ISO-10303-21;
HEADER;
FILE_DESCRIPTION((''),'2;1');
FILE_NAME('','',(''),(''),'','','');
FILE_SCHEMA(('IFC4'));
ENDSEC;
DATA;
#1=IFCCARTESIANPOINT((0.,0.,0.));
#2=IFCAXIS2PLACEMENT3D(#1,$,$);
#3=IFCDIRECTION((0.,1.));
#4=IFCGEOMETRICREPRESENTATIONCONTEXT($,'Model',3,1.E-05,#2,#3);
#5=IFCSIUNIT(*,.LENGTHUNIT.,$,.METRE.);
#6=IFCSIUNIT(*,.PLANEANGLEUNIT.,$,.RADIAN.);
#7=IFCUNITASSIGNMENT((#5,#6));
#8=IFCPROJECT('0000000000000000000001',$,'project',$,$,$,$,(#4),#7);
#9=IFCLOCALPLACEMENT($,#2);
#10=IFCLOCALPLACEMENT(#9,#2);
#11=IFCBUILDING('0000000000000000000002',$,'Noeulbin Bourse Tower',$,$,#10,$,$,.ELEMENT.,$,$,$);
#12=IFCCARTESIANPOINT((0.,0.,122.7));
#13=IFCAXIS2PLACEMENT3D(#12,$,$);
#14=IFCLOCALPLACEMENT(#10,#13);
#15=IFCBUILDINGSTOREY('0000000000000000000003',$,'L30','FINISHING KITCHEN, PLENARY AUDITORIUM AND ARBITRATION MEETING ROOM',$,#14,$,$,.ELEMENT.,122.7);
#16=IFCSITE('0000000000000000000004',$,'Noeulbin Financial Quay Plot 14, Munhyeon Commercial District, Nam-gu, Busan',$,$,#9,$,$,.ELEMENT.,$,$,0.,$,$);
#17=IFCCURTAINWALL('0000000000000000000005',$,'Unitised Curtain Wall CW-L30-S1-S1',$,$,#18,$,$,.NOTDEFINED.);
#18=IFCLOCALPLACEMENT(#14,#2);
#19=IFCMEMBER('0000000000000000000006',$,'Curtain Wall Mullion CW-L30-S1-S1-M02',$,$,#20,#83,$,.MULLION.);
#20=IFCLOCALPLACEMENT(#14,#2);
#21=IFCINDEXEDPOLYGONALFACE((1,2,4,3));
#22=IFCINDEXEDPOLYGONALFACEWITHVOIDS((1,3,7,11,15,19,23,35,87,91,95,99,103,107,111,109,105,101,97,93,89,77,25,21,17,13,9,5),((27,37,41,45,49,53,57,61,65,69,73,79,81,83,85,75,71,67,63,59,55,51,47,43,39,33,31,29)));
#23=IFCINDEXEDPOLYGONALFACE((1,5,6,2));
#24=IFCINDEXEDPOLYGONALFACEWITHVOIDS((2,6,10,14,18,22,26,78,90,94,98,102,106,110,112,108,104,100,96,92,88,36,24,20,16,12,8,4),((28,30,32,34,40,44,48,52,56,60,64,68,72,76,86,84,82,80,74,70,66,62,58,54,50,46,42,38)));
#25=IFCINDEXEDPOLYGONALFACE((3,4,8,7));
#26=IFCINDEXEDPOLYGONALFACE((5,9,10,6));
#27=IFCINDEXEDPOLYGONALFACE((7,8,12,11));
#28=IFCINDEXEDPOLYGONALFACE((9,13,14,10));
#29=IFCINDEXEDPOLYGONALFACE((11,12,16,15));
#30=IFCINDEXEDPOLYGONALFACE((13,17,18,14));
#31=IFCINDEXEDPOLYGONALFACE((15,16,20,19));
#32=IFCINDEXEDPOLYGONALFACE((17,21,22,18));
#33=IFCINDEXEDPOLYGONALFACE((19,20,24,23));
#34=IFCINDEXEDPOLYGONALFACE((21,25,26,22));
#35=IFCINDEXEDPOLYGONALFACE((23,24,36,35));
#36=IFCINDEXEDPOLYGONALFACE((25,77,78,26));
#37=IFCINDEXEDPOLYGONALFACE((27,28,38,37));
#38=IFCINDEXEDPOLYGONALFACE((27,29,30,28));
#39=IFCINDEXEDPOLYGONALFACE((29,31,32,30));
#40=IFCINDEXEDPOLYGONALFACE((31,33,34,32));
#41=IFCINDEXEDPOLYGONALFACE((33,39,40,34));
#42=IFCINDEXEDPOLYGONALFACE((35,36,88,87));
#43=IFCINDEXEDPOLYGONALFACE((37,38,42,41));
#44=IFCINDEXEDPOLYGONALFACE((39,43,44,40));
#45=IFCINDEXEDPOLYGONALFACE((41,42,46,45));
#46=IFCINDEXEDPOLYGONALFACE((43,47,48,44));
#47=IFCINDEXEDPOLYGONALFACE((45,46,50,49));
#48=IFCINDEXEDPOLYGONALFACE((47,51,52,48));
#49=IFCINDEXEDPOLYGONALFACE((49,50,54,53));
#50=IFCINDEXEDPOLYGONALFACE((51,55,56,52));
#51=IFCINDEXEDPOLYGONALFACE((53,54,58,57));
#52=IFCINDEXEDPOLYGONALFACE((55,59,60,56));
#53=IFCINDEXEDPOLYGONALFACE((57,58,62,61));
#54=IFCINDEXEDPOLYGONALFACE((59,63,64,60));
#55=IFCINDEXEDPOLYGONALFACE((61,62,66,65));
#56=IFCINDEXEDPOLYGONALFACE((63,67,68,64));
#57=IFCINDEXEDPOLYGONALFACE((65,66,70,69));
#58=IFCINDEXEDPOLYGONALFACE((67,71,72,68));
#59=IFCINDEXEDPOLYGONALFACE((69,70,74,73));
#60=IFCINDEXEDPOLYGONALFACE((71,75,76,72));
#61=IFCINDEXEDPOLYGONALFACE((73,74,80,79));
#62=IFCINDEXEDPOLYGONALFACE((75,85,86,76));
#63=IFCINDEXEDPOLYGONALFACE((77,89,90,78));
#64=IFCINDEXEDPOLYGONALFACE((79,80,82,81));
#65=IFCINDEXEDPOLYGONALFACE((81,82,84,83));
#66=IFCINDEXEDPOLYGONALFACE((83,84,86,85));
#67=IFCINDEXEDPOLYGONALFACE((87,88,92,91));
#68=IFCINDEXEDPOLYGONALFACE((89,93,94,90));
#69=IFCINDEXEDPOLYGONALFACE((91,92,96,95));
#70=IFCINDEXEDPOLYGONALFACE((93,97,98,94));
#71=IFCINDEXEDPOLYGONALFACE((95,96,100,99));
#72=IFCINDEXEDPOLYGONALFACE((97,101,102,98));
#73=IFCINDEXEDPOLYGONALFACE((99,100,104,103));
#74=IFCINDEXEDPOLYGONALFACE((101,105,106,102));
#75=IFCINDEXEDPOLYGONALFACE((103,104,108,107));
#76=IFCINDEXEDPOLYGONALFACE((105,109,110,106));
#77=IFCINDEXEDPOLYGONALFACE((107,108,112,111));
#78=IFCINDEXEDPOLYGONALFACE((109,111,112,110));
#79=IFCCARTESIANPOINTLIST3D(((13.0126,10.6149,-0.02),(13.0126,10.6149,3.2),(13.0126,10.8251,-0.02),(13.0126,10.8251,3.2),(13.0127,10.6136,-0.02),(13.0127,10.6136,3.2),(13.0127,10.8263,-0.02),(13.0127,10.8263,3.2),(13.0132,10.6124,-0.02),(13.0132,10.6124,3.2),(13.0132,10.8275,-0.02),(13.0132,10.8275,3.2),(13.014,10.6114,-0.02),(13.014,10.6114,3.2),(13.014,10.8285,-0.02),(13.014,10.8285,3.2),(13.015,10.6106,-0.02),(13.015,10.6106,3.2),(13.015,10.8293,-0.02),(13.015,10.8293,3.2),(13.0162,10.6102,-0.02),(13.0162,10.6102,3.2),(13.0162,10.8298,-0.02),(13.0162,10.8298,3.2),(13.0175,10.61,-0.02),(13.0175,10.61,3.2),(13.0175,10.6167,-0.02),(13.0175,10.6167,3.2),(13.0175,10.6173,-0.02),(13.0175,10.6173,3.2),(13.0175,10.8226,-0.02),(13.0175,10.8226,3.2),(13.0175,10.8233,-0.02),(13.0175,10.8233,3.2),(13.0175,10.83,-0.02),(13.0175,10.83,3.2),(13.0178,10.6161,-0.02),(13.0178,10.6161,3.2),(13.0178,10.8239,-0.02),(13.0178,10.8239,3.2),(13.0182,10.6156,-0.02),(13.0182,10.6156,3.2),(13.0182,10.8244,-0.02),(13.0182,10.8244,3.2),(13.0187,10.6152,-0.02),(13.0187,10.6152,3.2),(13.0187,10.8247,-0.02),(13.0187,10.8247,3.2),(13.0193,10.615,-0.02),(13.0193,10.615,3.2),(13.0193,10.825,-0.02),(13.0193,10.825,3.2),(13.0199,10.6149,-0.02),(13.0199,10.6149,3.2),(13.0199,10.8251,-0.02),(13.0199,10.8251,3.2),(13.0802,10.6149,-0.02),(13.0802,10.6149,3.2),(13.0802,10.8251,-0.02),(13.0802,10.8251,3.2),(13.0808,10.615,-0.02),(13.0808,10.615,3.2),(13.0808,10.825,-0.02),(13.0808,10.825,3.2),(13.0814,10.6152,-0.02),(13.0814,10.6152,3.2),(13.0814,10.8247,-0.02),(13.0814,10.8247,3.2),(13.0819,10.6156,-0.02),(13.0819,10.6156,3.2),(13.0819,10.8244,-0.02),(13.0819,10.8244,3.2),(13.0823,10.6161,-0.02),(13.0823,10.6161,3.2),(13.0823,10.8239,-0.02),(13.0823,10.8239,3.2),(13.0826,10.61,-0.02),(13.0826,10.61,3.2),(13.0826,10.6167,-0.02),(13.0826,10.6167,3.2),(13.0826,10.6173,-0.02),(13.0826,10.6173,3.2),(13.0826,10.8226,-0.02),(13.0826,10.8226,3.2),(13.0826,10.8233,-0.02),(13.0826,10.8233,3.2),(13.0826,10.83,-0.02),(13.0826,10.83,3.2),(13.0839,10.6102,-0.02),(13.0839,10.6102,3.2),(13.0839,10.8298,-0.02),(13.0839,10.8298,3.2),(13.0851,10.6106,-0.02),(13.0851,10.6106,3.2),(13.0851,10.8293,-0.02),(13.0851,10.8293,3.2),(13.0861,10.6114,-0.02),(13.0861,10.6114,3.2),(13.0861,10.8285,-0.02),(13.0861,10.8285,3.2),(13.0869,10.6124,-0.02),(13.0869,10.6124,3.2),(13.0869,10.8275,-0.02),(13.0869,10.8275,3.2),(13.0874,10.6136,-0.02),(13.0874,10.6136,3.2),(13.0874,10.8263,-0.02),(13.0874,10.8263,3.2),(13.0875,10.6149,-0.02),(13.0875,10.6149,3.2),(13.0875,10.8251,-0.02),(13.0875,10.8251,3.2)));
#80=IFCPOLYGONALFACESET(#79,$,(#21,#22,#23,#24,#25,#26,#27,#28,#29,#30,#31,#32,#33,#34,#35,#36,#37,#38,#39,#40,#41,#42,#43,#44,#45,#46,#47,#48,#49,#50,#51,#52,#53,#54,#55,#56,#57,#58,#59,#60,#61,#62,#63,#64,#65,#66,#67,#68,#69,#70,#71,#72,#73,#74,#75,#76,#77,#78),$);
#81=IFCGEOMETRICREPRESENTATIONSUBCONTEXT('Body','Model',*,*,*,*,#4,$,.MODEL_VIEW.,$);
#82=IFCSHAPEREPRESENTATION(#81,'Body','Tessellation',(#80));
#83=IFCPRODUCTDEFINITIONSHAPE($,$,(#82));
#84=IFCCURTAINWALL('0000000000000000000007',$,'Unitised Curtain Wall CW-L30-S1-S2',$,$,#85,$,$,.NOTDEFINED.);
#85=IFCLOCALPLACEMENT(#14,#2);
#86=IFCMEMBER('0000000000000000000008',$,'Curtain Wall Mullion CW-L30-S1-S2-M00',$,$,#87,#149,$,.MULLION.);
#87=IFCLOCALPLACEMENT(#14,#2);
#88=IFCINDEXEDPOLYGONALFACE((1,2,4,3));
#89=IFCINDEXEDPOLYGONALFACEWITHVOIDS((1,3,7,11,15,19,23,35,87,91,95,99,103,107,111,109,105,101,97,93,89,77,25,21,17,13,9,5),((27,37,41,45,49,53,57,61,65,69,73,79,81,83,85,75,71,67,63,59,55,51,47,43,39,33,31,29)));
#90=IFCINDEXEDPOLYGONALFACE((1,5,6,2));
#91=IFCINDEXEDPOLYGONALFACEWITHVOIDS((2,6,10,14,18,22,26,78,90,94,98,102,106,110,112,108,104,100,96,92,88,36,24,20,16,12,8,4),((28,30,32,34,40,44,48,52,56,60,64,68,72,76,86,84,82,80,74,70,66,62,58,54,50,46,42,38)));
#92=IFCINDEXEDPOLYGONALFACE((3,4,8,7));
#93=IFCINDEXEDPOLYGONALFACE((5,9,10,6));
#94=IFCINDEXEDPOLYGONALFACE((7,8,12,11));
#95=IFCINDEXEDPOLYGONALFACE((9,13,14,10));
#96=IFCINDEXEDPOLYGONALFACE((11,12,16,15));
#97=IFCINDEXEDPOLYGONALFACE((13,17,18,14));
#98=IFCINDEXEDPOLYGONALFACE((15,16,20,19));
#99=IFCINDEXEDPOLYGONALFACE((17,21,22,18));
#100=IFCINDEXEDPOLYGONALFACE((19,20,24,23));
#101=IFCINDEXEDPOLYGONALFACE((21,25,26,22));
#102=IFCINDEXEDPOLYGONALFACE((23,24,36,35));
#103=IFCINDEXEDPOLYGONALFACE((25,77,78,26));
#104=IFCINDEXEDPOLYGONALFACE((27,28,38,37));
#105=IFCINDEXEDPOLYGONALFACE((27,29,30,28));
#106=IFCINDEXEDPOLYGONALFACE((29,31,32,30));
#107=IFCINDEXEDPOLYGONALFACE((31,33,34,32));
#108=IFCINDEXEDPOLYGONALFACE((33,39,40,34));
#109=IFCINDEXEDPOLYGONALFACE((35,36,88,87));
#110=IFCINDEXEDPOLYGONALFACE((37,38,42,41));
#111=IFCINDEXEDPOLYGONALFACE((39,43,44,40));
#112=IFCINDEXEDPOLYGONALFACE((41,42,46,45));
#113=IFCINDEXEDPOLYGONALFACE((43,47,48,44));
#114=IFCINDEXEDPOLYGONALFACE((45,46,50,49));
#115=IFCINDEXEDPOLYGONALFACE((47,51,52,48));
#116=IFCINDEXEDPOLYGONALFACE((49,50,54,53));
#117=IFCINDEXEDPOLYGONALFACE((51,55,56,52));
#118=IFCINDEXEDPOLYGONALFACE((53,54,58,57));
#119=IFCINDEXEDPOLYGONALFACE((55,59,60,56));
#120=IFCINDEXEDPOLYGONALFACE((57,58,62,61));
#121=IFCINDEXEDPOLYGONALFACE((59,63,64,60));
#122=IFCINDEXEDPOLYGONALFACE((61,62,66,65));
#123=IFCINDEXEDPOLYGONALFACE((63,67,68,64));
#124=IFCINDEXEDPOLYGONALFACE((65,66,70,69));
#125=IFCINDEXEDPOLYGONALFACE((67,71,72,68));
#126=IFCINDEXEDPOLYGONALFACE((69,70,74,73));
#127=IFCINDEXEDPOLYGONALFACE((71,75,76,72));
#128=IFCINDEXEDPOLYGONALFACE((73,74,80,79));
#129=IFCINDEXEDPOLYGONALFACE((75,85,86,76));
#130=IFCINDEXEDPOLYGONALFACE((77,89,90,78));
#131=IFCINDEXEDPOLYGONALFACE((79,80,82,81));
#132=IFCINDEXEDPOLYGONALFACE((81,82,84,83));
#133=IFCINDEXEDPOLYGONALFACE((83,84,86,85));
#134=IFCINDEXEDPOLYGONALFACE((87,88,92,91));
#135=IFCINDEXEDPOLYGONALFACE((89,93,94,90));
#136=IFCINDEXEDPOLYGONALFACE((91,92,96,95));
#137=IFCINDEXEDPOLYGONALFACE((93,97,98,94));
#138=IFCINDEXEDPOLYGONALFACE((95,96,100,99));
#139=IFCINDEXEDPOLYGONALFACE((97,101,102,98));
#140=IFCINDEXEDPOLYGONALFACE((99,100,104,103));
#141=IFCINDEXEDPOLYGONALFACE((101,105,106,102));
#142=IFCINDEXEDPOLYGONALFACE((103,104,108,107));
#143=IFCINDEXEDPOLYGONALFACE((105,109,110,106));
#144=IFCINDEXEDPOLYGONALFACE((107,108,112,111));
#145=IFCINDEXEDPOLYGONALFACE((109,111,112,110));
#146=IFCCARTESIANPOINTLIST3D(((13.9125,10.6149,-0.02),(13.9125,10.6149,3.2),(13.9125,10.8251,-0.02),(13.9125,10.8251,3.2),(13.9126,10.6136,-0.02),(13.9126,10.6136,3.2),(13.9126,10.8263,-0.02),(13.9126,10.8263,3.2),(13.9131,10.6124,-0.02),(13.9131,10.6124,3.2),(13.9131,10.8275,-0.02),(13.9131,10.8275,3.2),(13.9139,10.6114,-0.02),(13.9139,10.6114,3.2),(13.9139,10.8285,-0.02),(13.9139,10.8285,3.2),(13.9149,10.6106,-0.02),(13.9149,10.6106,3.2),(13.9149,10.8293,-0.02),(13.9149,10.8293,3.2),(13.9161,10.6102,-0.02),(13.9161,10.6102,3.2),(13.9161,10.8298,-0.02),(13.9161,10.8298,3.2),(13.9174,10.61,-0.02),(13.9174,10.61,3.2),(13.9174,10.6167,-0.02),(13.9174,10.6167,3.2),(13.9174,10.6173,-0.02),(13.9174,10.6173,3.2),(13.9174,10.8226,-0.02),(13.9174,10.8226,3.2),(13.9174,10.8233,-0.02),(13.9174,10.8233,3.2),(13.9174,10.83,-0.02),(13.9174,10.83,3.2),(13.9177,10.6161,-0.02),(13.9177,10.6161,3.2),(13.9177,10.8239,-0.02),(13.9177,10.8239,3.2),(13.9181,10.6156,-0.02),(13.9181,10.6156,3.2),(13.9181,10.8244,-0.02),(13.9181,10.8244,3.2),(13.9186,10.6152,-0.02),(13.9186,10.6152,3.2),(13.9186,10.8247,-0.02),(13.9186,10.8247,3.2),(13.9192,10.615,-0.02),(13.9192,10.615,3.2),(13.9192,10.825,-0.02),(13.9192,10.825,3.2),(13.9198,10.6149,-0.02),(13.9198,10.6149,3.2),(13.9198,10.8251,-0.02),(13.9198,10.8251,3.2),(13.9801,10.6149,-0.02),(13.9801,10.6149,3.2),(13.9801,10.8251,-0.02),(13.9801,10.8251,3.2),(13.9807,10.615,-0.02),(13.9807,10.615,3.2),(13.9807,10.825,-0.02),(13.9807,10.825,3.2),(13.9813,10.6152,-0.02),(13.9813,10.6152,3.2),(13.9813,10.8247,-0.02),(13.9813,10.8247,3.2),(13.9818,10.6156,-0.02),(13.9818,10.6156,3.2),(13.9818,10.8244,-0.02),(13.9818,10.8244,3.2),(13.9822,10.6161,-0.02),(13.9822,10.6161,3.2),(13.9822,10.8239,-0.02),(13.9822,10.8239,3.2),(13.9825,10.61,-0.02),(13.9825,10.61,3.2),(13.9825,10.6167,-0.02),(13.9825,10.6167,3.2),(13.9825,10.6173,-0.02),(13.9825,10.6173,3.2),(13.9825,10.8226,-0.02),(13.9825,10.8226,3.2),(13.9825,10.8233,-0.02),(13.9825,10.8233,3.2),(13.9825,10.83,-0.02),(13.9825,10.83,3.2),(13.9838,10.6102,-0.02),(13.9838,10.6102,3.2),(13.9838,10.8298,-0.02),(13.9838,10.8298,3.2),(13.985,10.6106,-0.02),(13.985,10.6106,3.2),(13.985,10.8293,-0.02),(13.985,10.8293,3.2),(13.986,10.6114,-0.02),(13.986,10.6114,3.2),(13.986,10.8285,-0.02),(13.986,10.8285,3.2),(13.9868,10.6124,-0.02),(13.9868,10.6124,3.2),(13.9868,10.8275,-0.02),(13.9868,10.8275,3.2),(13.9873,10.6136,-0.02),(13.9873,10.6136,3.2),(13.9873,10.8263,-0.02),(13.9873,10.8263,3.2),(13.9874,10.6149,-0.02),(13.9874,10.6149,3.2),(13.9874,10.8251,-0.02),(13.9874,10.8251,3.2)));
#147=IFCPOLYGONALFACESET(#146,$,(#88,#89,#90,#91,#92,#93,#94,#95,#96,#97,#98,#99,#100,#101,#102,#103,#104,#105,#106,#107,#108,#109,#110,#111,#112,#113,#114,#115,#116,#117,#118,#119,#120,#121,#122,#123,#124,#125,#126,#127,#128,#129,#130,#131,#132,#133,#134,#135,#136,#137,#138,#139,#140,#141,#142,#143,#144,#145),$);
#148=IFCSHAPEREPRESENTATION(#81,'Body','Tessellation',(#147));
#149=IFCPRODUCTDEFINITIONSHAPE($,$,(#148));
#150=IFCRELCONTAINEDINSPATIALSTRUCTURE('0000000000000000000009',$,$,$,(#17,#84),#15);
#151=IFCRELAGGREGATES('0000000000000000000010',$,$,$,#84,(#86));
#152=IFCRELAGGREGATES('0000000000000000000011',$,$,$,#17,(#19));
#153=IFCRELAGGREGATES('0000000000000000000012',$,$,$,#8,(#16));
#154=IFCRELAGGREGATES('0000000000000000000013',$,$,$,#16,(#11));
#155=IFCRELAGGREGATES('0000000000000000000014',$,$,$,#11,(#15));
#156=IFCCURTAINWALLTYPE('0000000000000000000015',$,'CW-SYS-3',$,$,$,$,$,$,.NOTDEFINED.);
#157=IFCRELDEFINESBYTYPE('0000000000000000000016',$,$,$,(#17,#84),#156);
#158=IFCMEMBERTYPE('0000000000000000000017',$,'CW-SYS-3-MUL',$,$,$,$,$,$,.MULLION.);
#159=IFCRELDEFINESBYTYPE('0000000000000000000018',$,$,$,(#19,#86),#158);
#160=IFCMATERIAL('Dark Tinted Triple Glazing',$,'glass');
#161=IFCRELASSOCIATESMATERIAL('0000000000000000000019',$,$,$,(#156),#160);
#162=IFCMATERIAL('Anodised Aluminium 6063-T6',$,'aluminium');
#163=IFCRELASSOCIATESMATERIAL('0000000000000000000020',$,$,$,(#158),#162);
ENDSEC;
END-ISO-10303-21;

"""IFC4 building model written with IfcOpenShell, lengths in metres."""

from ifc_helpers import new_model, si_unit, direction, frame, origin, origin_2d, place, context, subcontext, project, spatial, hollow_rectangle, extrude, material, material_profile, profile_set, type_object, element, aggregate, save


model = new_model("IFC4")

# Units and contexts
model_context = context("Model", 3, precision=1e-05, world=origin(), true_north=direction((0.0, 1.0)))
body_context = subcontext(model_context, "Body", "Model", "MODEL_VIEW")
ifc_project = project(units=[si_unit("LENGTHUNIT", "METRE"), si_unit("PLANEANGLEUNIT", "RADIAN")], contexts=[model_context])

# Site, building, storey
site_placement = place(None, origin())
site = spatial("IfcSite", under=ifc_project, at=site_placement, Name="Noeulbin Financial Quay Plot 14, Munhyeon Commercial District, Nam-gu, Busan", CompositionType="ELEMENT", RefElevation=0.0)
building_placement = place(site_placement, origin())
building = spatial("IfcBuilding", under=site, at=building_placement, Name="Noeulbin Bourse Tower", CompositionType="ELEMENT")
storey_placement = place(building_placement, frame((0.0, 0.0, 122.7)))
storey = spatial("IfcBuildingStorey", under=building, at=storey_placement, Name="L30", Description="FINISHING KITCHEN, PLENARY AUDITORIUM AND ARBITRATION MEETING ROOM", CompositionType="ELEMENT", Elevation=122.7)

# Curtain wall, member
ifc_material_1 = material(Name="Dark Tinted Triple Glazing", Category="glass")
curtain_wall_type = type_object("IfcCurtainWallType", Name="CW-SYS-3", PredefinedType="NOTDEFINED", material=ifc_material_1)
curtain_wall_1_placement = place(storey_placement, origin())
curtain_wall_1 = element("IfcCurtainWall", 1, at=curtain_wall_1_placement, inside=storey, type_object=curtain_wall_type, Name="Unitised Curtain Wall CW-L30-S1-S1", PredefinedType="NOTDEFINED")
ifc_material_2 = material(Name="Anodised Aluminium 6063-T6", Category="aluminium")
ifc_material_profile_1 = material_profile(ifc_material_2, hollow_rectangle(XDim=0.075, YDim=0.22, WallThickness=0.0049, InnerFilletRadius=0.0024, OuterFilletRadius=0.0049, at=origin_2d()), Name="ALU-MULL-75x220x5", Category="LoadBearing")
ifc_profile_set_1 = profile_set([ifc_material_profile_1], Name="Anodised Aluminium 6063-T6")
member_type_1 = type_object("IfcMemberType", Name="CW-SYS-3-MUL", PredefinedType="MULLION", material=ifc_profile_set_1)
member_1_placement = place(storey_placement, frame((13.05, 10.72, -0.02), z_axis=(0.0, 0.0, 1.0), x_axis=(1.0, 0.0, 0.0)))
member_1 = element("IfcMember", 2, at=member_1_placement, type_object=member_type_1, Name="Curtain Wall Mullion CW-L30-S1-S1-M02", PredefinedType="MULLION", context=body_context, shape_type="SweptSolid", body=[
    extrude(hollow_rectangle(XDim=0.075, YDim=0.22, WallThickness=0.0049, InnerFilletRadius=0.0024, OuterFilletRadius=0.0049, at=origin_2d()), origin(), (0.0, 0.0, 1.0), 3.22),
])

# Curtain wall, member
curtain_wall_2_placement = place(storey_placement, origin())
curtain_wall_2 = element("IfcCurtainWall", 3, at=curtain_wall_2_placement, inside=storey, type_object=curtain_wall_type, Name="Unitised Curtain Wall CW-L30-S1-S2", PredefinedType="NOTDEFINED")
member_2_placement = place(storey_placement, frame((13.95, 10.72, -0.02), z_axis=(0.0, 0.0, 1.0), x_axis=(1.0, 0.0, 0.0)))
member_2 = element("IfcMember", 4, at=member_2_placement, type_object=member_type_1, Name="Curtain Wall Mullion CW-L30-S1-S2-M00", PredefinedType="MULLION", context=body_context, shape_type="SweptSolid", body=[
    extrude(hollow_rectangle(XDim=0.075, YDim=0.22, WallThickness=0.0049, InnerFilletRadius=0.0024, OuterFilletRadius=0.0049, at=origin_2d()), origin(), (0.0, 0.0, 1.0), 3.22),
])

aggregate(curtain_wall_2, [member_2])

aggregate(curtain_wall_1, [member_1])

save(model, "model.ifc")
